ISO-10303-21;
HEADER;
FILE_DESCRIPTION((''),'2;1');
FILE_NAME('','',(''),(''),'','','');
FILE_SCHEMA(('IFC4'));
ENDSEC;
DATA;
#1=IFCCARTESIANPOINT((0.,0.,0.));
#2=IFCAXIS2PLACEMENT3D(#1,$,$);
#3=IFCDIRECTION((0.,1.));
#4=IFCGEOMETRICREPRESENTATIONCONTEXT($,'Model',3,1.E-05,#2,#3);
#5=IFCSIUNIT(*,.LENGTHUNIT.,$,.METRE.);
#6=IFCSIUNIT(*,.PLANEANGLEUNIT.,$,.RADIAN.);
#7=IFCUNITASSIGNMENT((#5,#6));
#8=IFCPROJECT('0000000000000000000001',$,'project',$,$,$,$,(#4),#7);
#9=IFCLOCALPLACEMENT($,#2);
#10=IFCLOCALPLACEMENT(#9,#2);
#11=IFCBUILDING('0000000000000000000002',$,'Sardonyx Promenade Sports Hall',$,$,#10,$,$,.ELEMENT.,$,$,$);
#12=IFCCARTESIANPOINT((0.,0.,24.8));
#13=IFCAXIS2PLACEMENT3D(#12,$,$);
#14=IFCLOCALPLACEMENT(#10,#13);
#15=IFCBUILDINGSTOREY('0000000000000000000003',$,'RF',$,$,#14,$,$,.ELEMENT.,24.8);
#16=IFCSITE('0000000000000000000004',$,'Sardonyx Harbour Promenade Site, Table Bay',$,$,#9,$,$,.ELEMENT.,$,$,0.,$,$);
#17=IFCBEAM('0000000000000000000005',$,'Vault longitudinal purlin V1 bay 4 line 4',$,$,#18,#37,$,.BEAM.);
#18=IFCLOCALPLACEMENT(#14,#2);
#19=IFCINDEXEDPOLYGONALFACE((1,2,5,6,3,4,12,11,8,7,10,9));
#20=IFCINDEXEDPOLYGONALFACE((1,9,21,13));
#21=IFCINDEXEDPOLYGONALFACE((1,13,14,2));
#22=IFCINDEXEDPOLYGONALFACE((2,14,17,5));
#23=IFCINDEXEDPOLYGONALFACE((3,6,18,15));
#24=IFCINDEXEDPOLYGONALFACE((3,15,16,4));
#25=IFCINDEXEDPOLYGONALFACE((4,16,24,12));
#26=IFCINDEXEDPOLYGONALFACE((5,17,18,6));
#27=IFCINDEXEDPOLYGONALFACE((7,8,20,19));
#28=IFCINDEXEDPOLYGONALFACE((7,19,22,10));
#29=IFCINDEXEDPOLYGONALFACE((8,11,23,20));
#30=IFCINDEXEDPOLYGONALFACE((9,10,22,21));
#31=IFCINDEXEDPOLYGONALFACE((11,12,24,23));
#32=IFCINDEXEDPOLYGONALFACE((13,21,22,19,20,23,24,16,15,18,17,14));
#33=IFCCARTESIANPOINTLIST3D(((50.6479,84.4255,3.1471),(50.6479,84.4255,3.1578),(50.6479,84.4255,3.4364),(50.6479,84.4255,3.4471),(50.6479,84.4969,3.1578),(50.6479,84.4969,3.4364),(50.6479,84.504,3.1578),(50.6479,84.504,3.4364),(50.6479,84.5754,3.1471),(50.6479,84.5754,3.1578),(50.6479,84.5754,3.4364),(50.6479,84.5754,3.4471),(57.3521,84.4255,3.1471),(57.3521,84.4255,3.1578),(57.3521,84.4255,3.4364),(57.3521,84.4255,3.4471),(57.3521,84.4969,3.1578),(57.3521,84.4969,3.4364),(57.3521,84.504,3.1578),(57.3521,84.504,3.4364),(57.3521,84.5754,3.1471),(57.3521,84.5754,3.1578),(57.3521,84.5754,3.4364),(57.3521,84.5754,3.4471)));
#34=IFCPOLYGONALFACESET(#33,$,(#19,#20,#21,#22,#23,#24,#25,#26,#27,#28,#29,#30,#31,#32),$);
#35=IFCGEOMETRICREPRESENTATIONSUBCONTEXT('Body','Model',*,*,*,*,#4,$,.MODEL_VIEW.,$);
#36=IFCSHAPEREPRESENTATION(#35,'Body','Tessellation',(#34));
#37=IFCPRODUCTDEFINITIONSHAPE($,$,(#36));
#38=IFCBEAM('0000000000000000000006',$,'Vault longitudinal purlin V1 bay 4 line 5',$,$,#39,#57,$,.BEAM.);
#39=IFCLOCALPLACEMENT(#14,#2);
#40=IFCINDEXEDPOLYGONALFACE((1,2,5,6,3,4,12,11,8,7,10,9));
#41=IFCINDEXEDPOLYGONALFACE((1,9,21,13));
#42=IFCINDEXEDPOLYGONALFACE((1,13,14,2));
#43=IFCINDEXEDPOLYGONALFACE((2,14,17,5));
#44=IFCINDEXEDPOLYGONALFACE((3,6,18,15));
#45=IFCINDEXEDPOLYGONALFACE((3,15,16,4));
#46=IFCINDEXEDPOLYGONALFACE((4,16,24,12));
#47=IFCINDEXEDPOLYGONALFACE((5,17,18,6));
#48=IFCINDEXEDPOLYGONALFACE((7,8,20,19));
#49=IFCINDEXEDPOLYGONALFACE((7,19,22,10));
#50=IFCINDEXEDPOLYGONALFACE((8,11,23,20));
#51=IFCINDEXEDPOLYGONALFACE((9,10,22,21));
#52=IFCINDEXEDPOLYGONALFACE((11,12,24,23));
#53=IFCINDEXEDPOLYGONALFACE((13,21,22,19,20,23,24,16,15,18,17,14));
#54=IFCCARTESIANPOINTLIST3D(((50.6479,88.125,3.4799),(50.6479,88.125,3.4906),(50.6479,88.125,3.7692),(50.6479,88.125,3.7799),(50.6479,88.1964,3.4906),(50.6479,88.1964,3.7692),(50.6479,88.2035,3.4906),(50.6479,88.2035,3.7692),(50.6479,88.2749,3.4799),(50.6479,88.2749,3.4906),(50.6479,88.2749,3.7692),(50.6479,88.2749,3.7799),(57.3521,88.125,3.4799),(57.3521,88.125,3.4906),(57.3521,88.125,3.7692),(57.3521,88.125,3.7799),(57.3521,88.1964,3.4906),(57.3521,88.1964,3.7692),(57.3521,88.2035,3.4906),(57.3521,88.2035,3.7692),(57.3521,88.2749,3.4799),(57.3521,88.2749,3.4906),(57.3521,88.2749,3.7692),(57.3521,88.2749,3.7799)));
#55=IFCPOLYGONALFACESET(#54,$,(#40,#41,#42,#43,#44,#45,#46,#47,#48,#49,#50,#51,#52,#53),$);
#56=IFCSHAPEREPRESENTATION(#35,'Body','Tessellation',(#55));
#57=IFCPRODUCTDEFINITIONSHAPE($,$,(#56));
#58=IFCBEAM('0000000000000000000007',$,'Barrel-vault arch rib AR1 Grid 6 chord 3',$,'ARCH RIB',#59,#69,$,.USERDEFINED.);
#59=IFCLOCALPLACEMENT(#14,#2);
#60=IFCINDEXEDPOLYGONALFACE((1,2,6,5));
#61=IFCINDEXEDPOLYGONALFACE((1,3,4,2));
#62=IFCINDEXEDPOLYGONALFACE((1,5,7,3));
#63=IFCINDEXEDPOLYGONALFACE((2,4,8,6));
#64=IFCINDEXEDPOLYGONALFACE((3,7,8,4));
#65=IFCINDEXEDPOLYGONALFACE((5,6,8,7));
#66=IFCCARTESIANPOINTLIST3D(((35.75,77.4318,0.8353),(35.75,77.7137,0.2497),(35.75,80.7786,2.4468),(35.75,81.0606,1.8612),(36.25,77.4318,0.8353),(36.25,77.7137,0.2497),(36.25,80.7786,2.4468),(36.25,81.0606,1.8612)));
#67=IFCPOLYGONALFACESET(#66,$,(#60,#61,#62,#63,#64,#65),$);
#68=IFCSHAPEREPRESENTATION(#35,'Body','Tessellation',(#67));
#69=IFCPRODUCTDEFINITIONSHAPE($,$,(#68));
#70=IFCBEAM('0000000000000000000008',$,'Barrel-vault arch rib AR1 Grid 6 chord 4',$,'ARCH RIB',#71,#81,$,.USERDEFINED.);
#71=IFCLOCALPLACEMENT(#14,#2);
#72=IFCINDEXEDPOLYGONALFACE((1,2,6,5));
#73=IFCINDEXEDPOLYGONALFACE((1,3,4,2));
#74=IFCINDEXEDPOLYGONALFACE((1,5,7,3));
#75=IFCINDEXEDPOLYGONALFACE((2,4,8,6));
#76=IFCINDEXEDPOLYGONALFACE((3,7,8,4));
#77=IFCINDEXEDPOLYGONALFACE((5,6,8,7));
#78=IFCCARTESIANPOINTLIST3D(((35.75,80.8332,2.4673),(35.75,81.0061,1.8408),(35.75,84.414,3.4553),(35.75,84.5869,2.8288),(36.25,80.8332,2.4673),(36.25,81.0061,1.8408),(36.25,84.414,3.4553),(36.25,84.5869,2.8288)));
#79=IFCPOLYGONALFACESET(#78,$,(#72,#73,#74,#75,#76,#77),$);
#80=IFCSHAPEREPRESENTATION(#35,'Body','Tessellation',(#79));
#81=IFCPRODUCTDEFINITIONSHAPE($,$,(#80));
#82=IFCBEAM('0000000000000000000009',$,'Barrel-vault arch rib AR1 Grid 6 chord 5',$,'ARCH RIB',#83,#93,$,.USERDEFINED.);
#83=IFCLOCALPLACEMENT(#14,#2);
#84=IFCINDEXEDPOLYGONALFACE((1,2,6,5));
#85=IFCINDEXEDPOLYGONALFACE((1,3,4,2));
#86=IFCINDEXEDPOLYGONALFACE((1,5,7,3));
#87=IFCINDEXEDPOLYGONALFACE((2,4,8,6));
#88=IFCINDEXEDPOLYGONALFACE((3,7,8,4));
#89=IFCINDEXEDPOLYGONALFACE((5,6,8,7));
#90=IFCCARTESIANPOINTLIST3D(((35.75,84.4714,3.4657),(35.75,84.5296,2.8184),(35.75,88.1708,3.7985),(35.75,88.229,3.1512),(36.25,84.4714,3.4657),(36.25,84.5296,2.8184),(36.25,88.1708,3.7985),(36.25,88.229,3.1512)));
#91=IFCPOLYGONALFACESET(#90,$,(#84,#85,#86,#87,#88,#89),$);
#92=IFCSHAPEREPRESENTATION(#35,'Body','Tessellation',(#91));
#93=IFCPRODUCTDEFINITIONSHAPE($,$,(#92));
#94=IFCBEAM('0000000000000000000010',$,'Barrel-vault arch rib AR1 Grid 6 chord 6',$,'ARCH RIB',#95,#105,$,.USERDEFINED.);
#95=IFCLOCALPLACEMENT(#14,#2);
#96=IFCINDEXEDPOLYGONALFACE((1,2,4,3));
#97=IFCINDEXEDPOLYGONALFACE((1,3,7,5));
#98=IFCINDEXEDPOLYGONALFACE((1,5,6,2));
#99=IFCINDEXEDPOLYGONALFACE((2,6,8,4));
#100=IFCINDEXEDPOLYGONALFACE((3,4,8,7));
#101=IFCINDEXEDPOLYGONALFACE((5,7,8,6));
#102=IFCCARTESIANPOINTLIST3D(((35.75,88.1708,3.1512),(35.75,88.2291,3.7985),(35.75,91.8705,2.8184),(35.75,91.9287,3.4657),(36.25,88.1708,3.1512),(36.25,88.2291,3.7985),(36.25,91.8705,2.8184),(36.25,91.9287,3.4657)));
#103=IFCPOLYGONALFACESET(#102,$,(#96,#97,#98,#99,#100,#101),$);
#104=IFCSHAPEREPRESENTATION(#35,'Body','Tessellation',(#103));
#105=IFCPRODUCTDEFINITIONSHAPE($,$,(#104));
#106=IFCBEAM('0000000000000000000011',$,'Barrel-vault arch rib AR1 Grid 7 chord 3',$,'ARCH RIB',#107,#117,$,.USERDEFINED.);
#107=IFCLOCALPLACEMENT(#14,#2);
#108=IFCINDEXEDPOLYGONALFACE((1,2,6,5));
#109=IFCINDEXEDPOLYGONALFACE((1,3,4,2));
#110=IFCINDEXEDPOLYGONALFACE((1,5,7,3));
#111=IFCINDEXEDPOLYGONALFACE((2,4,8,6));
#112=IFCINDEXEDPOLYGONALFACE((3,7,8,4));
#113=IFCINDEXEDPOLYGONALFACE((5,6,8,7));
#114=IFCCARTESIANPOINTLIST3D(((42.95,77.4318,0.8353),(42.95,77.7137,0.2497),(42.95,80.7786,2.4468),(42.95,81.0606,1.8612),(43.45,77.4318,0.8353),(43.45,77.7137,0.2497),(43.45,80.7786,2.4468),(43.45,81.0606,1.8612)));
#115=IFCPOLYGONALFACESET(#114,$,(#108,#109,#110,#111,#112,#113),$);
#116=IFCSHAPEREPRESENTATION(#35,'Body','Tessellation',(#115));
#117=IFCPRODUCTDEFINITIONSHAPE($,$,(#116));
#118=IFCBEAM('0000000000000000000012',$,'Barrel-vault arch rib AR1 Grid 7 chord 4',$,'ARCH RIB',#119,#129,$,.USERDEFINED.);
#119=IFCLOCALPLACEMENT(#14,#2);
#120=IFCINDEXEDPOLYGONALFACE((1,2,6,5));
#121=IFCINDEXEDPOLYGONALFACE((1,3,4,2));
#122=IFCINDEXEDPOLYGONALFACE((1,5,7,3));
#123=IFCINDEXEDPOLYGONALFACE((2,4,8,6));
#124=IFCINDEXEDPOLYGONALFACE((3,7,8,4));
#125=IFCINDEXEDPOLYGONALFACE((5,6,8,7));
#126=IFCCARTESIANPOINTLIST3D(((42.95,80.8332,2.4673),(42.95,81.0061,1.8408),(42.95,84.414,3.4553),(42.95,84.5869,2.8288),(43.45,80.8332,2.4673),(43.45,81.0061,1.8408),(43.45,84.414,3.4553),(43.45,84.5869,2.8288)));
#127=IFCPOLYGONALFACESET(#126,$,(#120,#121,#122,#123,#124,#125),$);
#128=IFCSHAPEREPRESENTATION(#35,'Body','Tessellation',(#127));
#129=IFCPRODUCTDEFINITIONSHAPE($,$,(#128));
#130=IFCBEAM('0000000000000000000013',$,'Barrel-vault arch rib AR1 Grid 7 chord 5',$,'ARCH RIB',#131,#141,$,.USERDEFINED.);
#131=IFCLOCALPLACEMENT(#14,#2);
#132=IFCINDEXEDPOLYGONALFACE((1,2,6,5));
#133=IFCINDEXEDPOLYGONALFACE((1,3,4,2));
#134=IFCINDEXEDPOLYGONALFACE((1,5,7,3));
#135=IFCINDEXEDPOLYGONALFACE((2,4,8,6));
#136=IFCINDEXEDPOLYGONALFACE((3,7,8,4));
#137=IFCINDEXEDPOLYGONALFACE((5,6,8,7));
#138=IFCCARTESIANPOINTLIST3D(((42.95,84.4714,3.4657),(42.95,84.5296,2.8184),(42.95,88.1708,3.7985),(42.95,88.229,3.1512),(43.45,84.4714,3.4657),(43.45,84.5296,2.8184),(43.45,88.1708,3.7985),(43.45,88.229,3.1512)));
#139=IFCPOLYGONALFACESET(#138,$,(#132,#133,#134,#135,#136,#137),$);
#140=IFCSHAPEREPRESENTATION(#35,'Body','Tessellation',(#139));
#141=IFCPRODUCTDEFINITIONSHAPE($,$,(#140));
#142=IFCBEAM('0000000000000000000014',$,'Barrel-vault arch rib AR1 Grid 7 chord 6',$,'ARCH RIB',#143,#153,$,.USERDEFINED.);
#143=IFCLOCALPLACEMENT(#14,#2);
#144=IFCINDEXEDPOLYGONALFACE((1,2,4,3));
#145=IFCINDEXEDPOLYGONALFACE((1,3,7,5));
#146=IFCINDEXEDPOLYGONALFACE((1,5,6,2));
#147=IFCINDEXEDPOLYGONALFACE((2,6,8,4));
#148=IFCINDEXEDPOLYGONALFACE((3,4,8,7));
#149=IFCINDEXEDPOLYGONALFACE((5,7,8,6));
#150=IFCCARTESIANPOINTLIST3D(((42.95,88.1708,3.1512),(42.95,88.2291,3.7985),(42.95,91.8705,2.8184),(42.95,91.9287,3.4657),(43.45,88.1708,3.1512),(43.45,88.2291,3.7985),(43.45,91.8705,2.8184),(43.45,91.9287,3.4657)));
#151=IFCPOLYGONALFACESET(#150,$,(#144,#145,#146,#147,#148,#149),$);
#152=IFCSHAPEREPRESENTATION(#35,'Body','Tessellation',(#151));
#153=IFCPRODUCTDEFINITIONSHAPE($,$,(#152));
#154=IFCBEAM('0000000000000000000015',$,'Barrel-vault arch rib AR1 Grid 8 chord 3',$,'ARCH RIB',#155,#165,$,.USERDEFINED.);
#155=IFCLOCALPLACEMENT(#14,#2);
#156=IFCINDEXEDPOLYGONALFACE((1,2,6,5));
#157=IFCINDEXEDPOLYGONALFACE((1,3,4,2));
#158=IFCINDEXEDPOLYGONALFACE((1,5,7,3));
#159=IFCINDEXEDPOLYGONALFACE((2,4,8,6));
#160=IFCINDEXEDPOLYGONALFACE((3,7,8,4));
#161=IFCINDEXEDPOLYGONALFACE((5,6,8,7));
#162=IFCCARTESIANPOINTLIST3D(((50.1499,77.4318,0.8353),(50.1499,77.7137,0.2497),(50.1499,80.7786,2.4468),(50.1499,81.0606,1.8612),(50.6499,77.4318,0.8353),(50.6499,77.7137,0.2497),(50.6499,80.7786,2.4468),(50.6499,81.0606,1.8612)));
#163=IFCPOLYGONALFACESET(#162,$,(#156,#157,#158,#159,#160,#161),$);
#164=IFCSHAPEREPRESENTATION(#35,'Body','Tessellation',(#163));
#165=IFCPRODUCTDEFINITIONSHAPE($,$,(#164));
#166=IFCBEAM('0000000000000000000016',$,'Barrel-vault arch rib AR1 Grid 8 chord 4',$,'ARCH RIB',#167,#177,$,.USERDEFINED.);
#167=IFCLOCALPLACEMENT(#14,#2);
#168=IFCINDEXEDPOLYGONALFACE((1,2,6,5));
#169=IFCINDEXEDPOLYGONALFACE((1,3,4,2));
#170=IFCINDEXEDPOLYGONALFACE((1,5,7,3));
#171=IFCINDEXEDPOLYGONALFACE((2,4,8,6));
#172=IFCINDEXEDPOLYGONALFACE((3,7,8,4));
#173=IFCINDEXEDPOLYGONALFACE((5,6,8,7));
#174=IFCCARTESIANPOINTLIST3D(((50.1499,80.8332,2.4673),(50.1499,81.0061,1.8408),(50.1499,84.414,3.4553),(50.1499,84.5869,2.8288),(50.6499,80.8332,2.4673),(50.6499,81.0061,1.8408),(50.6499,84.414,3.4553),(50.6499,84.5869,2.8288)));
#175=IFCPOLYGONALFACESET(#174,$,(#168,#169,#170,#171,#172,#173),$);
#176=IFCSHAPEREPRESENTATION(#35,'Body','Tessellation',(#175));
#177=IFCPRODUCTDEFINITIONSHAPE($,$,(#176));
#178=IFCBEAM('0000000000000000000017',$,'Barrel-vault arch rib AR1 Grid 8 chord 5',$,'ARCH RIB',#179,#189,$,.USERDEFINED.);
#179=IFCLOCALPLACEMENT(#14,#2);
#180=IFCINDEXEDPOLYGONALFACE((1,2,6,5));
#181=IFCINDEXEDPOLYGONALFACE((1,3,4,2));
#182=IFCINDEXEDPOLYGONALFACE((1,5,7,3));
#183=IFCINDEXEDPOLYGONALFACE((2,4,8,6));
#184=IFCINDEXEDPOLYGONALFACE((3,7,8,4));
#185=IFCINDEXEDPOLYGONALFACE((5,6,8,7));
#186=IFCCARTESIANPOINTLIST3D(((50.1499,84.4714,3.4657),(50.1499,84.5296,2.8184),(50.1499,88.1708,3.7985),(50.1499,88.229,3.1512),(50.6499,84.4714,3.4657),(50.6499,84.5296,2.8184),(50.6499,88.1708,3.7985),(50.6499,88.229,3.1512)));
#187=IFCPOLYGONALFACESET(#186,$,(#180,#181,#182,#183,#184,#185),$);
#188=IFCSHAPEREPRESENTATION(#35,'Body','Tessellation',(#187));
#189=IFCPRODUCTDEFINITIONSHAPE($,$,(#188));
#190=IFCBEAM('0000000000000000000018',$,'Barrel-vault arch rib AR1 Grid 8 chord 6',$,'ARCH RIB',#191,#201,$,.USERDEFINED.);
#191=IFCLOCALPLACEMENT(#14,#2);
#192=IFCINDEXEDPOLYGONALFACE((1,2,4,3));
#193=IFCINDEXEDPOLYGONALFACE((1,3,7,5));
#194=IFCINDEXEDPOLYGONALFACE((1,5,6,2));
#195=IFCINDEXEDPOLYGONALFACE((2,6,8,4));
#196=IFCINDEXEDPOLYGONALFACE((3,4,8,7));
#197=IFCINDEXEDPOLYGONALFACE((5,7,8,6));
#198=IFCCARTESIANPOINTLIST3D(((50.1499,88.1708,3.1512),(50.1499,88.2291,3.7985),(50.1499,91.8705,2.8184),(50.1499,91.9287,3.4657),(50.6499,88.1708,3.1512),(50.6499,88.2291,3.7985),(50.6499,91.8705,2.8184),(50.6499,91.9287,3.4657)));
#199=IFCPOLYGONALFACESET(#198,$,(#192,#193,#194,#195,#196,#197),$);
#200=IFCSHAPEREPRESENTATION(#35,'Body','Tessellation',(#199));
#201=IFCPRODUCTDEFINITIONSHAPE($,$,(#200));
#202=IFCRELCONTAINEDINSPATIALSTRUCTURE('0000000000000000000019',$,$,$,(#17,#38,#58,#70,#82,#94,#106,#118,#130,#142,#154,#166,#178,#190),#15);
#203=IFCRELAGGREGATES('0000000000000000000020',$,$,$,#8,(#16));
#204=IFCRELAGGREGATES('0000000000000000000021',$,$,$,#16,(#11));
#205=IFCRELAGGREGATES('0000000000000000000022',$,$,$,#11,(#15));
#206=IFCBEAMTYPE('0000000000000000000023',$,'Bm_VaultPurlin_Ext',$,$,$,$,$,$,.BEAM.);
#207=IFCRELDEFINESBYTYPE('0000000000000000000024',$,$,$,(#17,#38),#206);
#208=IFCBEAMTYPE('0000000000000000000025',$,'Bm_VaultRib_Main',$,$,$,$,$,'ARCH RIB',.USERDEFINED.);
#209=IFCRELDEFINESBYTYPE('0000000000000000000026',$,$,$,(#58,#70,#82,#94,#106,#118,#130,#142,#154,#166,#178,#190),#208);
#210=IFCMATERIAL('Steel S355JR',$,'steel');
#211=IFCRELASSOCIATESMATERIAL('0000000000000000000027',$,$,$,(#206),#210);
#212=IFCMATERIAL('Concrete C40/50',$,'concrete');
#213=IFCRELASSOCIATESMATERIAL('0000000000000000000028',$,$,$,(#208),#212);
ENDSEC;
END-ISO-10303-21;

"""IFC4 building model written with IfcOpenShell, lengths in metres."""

from ifc_helpers import new_model, si_unit, direction, frame, origin, origin_2d, place, context, subcontext, project, spatial, rectangle, i_section, extrude, material, material_profile, profile_set, type_object, element, save


model = new_model("IFC4")

# Units and contexts
model_context = context("Model", 3, precision=1e-05, world=origin(), true_north=direction((0.0, 1.0)))
body_context = subcontext(model_context, "Body", "Model", "MODEL_VIEW")
ifc_project = project(units=[si_unit("LENGTHUNIT", "METRE"), si_unit("PLANEANGLEUNIT", "RADIAN")], contexts=[model_context])

# Site, building, storey
site_placement = place(None, origin())
site = spatial("IfcSite", under=ifc_project, at=site_placement, Name="Sardonyx Harbour Promenade Site, Table Bay", CompositionType="ELEMENT", RefElevation=0.0)
building_placement = place(site_placement, origin())
building = spatial("IfcBuilding", under=site, at=building_placement, Name="Sardonyx Promenade Sports Hall", CompositionType="ELEMENT")
storey_placement = place(building_placement, frame((0.0, 0.0, 24.8)))
storey = spatial("IfcBuildingStorey", under=building, at=storey_placement, Name="RF", CompositionType="ELEMENT", Elevation=24.8)

# Beams
ifc_material_1 = material(Name="Steel S355JR", Category="steel")
ifc_material_profile_1 = material_profile(ifc_material_1, i_section(OverallWidth=0.1499, OverallDepth=0.3, WebThickness=0.0071, FlangeThickness=0.0107, at=origin_2d()))
ifc_profile_set_1 = profile_set([ifc_material_profile_1], Name="Steel S355JR")
beam_type_1 = type_object("IfcBeamType", Name="Bm_VaultPurlin_Ext", PredefinedType="BEAM", material=ifc_profile_set_1)
for number, where, z_axis, x_axis, name in (
    (1, (50.6479, 84.5005, 3.2971), (1.0, 0.0, 0.0), (0.0, 1.0, 0.0), "Vault longitudinal purlin V1 bay 4 line 4"),
    (2, (50.6479, 88.2, 3.6299), (1.0, 0.0, 0.0), (0.0, 1.0, 0.0), "Vault longitudinal purlin V1 bay 4 line 5"),
):
    element("IfcBeam", number, at=place(storey_placement, frame(where, z_axis=z_axis, x_axis=x_axis)), inside=storey, type_object=beam_type_1, Name=name, PredefinedType="BEAM", context=body_context, shape_type="SweptSolid", body=[
        extrude(i_section(OverallWidth=0.1499, OverallDepth=0.3, WebThickness=0.0071, FlangeThickness=0.0107, at=origin_2d()), origin(), (0.0, 0.0, 1.0), 6.7041),
    ])
ifc_material_2 = material(Name="Concrete C40/50", Category="concrete")
ifc_material_profile_2 = material_profile(ifc_material_2, rectangle(XDim=0.5, YDim=0.6499, at=origin_2d()))
ifc_profile_set_2 = profile_set([ifc_material_profile_2], Name="Concrete C40/50")
beam_type_2 = type_object("IfcBeamType", Name="Bm_VaultRib_Main", ElementType="ARCH RIB", PredefinedType="USERDEFINED", material=ifc_profile_set_2)
for number, where, z_axis, x_axis, name in (
    (3, (36.0, 77.5728, 0.5425), (0.0, 0.900992, 0.433835), (-1.0, 0.0, 0.0), "Barrel-vault arch rib AR1 Grid 6 chord 3"),
    (4, (36.0, 80.9197, 2.1541), (0.0, 0.963977, 0.265986), (-1.0, 0.0, 0.0), "Barrel-vault arch rib AR1 Grid 6 chord 4"),
):
    element("IfcBeam", number, at=place(storey_placement, frame(where, z_axis=z_axis, x_axis=x_axis)), inside=storey, type_object=beam_type_2, Name=name, ObjectType="ARCH RIB", PredefinedType="USERDEFINED", context=body_context, shape_type="SweptSolid", body=[
        extrude(rectangle(XDim=0.5, YDim=0.6499, at=origin_2d()), origin(), (0.0, 0.0, 1.0), 3.7146),
    ])
beam_1_placement = place(storey_placement, frame((36.0, 84.5005, 3.1421), z_axis=(0.0, 0.995979, 0.089587), x_axis=(-1.0, 0.0, 0.0)))
element("IfcBeam", 5, at=beam_1_placement, inside=storey, type_object=beam_type_2, Name="Barrel-vault arch rib AR1 Grid 6 chord 5", ObjectType="ARCH RIB", PredefinedType="USERDEFINED", context=body_context, shape_type="SweptSolid", body=[
    extrude(rectangle(XDim=0.5, YDim=0.6499, at=origin_2d()), origin(), (0.0, 0.0, 1.0), 3.7144),
])
for number, where, z_axis, x_axis, name in (
    (6, (36.0, 88.2, 3.4749), (0.0, 0.995979, -0.089582), (-1.0, 0.0, 0.0), "Barrel-vault arch rib AR1 Grid 6 chord 6"),
    (7, (43.2, 77.5728, 0.5425), (0.0, 0.900992, 0.433835), (-1.0, 0.0, 0.0), "Barrel-vault arch rib AR1 Grid 7 chord 3"),
    (8, (43.2, 80.9197, 2.1541), (0.0, 0.963977, 0.265986), (-1.0, 0.0, 0.0), "Barrel-vault arch rib AR1 Grid 7 chord 4"),
):
    element("IfcBeam", number, at=place(storey_placement, frame(where, z_axis=z_axis, x_axis=x_axis)), inside=storey, type_object=beam_type_2, Name=name, ObjectType="ARCH RIB", PredefinedType="USERDEFINED", context=body_context, shape_type="SweptSolid", body=[
        extrude(rectangle(XDim=0.5, YDim=0.6499, at=origin_2d()), origin(), (0.0, 0.0, 1.0), 3.7146),
    ])
beam_2_placement = place(storey_placement, frame((43.2, 84.5005, 3.1421), z_axis=(0.0, 0.995979, 0.089587), x_axis=(-1.0, 0.0, 0.0)))
element("IfcBeam", 9, at=beam_2_placement, inside=storey, type_object=beam_type_2, Name="Barrel-vault arch rib AR1 Grid 7 chord 5", ObjectType="ARCH RIB", PredefinedType="USERDEFINED", context=body_context, shape_type="SweptSolid", body=[
    extrude(rectangle(XDim=0.5, YDim=0.6499, at=origin_2d()), origin(), (0.0, 0.0, 1.0), 3.7144),
])
for number, where, z_axis, x_axis, name in (
    (10, (43.2, 88.2, 3.4749), (0.0, 0.995979, -0.089582), (-1.0, 0.0, 0.0), "Barrel-vault arch rib AR1 Grid 7 chord 6"),
    (11, (50.3999, 77.5728, 0.5425), (0.0, 0.900992, 0.433835), (-1.0, 0.0, 0.0), "Barrel-vault arch rib AR1 Grid 8 chord 3"),
    (12, (50.3999, 80.9197, 2.1541), (0.0, 0.963977, 0.265986), (-1.0, 0.0, 0.0), "Barrel-vault arch rib AR1 Grid 8 chord 4"),
):
    element("IfcBeam", number, at=place(storey_placement, frame(where, z_axis=z_axis, x_axis=x_axis)), inside=storey, type_object=beam_type_2, Name=name, ObjectType="ARCH RIB", PredefinedType="USERDEFINED", context=body_context, shape_type="SweptSolid", body=[
        extrude(rectangle(XDim=0.5, YDim=0.6499, at=origin_2d()), origin(), (0.0, 0.0, 1.0), 3.7146),
    ])
beam_3_placement = place(storey_placement, frame((50.3999, 84.5005, 3.1421), z_axis=(0.0, 0.995979, 0.089587), x_axis=(-1.0, 0.0, 0.0)))
element("IfcBeam", 13, at=beam_3_placement, inside=storey, type_object=beam_type_2, Name="Barrel-vault arch rib AR1 Grid 8 chord 5", ObjectType="ARCH RIB", PredefinedType="USERDEFINED", context=body_context, shape_type="SweptSolid", body=[
    extrude(rectangle(XDim=0.5, YDim=0.6499, at=origin_2d()), origin(), (0.0, 0.0, 1.0), 3.7144),
])
beam_4_placement = place(storey_placement, frame((50.3999, 88.2, 3.4749), z_axis=(0.0, 0.995979, -0.089582), x_axis=(-1.0, 0.0, 0.0)))
element("IfcBeam", 14, at=beam_4_placement, inside=storey, type_object=beam_type_2, Name="Barrel-vault arch rib AR1 Grid 8 chord 6", ObjectType="ARCH RIB", PredefinedType="USERDEFINED", context=body_context, shape_type="SweptSolid", body=[
    extrude(rectangle(XDim=0.5, YDim=0.6499, at=origin_2d()), origin(), (0.0, 0.0, 1.0), 3.7146),
])

save(model, "model.ifc")
